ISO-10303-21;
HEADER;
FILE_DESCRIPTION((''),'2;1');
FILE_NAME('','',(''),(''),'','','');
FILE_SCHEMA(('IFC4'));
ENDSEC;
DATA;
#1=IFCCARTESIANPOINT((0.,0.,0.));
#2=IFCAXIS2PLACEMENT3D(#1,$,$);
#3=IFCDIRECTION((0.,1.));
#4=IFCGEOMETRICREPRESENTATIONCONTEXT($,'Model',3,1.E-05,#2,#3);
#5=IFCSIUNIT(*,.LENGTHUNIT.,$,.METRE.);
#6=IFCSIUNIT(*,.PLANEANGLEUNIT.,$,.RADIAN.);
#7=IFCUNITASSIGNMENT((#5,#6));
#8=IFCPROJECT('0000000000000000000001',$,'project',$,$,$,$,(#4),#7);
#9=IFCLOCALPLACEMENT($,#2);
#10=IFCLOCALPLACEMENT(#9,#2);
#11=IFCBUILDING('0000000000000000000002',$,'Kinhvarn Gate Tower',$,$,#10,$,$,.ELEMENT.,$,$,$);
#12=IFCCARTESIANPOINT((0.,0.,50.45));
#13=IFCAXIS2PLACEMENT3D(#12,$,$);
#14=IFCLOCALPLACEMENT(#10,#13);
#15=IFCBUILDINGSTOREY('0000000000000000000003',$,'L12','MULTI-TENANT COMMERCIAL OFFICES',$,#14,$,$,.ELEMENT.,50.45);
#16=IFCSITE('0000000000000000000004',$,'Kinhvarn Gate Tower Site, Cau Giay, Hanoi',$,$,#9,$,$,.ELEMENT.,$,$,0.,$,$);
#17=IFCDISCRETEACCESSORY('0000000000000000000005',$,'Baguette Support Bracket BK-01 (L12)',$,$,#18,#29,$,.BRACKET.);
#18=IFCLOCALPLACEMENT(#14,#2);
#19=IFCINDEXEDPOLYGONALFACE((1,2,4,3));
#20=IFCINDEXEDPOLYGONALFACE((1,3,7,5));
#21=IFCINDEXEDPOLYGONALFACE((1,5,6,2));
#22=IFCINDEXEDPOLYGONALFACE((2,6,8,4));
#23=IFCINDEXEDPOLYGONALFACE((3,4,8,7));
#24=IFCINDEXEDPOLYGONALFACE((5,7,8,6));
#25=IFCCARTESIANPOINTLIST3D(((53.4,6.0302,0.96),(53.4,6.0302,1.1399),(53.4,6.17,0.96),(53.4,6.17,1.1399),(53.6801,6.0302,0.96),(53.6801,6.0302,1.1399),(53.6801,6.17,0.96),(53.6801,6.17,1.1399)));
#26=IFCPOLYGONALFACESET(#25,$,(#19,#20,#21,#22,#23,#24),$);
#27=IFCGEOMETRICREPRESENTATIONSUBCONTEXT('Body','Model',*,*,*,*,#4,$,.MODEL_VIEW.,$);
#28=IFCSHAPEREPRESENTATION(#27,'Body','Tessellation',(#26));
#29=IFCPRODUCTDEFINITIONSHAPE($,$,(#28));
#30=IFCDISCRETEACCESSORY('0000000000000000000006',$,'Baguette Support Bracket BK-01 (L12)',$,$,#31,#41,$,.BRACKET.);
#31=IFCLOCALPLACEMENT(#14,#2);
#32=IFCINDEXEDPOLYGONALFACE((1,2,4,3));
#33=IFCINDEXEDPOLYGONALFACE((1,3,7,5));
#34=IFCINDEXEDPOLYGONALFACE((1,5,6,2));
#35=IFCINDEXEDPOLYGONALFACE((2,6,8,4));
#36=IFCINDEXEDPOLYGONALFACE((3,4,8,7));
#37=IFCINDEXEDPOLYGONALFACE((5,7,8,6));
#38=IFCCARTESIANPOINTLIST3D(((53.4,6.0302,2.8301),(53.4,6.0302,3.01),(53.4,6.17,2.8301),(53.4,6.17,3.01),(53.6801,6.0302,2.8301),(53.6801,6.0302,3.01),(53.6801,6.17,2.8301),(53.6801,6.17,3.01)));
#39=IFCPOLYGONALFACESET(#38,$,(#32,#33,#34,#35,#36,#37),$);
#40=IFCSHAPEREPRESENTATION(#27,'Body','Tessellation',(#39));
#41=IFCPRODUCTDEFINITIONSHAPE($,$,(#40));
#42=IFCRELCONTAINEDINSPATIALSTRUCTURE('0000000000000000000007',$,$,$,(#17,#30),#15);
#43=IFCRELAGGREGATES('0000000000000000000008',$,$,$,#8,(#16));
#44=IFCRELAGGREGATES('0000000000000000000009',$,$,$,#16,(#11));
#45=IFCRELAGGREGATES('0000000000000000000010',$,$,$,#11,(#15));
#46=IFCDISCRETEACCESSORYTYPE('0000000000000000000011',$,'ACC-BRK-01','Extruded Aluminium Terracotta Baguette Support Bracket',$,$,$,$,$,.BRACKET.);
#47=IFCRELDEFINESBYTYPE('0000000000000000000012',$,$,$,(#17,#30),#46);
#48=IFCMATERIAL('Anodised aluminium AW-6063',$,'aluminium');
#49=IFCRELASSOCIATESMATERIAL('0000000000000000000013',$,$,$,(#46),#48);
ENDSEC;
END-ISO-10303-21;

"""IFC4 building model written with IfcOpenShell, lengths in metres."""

from ifc_helpers import new_model, si_unit, direction, frame, origin, origin_2d, place, context, subcontext, project, spatial, rectangle, extrude, material, type_object, element, save


model = new_model("IFC4")

# Units and contexts
model_context = context("Model", 3, precision=1e-05, world=origin(), true_north=direction((0.0, 1.0)))
body_context = subcontext(model_context, "Body", "Model", "MODEL_VIEW")
ifc_project = project(units=[si_unit("LENGTHUNIT", "METRE"), si_unit("PLANEANGLEUNIT", "RADIAN")], contexts=[model_context])

# Site, building, storey
site_placement = place(None, origin())
site = spatial("IfcSite", under=ifc_project, at=site_placement, Name="Kinhvarn Gate Tower Site, Cau Giay, Hanoi", CompositionType="ELEMENT", RefElevation=0.0)
building_placement = place(site_placement, origin())
building = spatial("IfcBuilding", under=site, at=building_placement, Name="Kinhvarn Gate Tower", CompositionType="ELEMENT")
storey_placement = place(building_placement, frame((0.0, 0.0, 50.45)))
storey = spatial("IfcBuildingStorey", under=building, at=storey_placement, Name="L12", Description="MULTI-TENANT COMMERCIAL OFFICES", CompositionType="ELEMENT", Elevation=50.45)

# Shared definitions
ifc_material_1 = material(Name="Anodised aluminium AW-6063", Category="aluminium")

# Discrete accessories
discrete_accessory_type = type_object("IfcDiscreteAccessoryType", Name="ACC-BRK-01", Description="Extruded Aluminium Terracotta Baguette Support Bracket", PredefinedType="BRACKET", material=ifc_material_1)
for number, where, z_axis, x_axis, name in (
    (1, (53.54, 6.1001, 0.96), (0.0, 0.0, 1.0), (0.0, 1.0, 0.0), "Baguette Support Bracket BK-01 (L12)"),
    (2, (53.54, 6.1001, 2.8301), (0.0, 0.0, 1.0), (0.0, 1.0, 0.0), "Baguette Support Bracket BK-01 (L12)"),
):
    element("IfcDiscreteAccessory", number, at=place(storey_placement, frame(where, z_axis=z_axis, x_axis=x_axis)), inside=storey, type_object=discrete_accessory_type, Name=name, PredefinedType="BRACKET", context=body_context, shape_type="SweptSolid", body=[
        extrude(rectangle(XDim=0.1399, YDim=0.28, at=origin_2d()), origin(), (0.0, 0.0, 1.0), 0.1799),
    ])

save(model, "model.ifc")
